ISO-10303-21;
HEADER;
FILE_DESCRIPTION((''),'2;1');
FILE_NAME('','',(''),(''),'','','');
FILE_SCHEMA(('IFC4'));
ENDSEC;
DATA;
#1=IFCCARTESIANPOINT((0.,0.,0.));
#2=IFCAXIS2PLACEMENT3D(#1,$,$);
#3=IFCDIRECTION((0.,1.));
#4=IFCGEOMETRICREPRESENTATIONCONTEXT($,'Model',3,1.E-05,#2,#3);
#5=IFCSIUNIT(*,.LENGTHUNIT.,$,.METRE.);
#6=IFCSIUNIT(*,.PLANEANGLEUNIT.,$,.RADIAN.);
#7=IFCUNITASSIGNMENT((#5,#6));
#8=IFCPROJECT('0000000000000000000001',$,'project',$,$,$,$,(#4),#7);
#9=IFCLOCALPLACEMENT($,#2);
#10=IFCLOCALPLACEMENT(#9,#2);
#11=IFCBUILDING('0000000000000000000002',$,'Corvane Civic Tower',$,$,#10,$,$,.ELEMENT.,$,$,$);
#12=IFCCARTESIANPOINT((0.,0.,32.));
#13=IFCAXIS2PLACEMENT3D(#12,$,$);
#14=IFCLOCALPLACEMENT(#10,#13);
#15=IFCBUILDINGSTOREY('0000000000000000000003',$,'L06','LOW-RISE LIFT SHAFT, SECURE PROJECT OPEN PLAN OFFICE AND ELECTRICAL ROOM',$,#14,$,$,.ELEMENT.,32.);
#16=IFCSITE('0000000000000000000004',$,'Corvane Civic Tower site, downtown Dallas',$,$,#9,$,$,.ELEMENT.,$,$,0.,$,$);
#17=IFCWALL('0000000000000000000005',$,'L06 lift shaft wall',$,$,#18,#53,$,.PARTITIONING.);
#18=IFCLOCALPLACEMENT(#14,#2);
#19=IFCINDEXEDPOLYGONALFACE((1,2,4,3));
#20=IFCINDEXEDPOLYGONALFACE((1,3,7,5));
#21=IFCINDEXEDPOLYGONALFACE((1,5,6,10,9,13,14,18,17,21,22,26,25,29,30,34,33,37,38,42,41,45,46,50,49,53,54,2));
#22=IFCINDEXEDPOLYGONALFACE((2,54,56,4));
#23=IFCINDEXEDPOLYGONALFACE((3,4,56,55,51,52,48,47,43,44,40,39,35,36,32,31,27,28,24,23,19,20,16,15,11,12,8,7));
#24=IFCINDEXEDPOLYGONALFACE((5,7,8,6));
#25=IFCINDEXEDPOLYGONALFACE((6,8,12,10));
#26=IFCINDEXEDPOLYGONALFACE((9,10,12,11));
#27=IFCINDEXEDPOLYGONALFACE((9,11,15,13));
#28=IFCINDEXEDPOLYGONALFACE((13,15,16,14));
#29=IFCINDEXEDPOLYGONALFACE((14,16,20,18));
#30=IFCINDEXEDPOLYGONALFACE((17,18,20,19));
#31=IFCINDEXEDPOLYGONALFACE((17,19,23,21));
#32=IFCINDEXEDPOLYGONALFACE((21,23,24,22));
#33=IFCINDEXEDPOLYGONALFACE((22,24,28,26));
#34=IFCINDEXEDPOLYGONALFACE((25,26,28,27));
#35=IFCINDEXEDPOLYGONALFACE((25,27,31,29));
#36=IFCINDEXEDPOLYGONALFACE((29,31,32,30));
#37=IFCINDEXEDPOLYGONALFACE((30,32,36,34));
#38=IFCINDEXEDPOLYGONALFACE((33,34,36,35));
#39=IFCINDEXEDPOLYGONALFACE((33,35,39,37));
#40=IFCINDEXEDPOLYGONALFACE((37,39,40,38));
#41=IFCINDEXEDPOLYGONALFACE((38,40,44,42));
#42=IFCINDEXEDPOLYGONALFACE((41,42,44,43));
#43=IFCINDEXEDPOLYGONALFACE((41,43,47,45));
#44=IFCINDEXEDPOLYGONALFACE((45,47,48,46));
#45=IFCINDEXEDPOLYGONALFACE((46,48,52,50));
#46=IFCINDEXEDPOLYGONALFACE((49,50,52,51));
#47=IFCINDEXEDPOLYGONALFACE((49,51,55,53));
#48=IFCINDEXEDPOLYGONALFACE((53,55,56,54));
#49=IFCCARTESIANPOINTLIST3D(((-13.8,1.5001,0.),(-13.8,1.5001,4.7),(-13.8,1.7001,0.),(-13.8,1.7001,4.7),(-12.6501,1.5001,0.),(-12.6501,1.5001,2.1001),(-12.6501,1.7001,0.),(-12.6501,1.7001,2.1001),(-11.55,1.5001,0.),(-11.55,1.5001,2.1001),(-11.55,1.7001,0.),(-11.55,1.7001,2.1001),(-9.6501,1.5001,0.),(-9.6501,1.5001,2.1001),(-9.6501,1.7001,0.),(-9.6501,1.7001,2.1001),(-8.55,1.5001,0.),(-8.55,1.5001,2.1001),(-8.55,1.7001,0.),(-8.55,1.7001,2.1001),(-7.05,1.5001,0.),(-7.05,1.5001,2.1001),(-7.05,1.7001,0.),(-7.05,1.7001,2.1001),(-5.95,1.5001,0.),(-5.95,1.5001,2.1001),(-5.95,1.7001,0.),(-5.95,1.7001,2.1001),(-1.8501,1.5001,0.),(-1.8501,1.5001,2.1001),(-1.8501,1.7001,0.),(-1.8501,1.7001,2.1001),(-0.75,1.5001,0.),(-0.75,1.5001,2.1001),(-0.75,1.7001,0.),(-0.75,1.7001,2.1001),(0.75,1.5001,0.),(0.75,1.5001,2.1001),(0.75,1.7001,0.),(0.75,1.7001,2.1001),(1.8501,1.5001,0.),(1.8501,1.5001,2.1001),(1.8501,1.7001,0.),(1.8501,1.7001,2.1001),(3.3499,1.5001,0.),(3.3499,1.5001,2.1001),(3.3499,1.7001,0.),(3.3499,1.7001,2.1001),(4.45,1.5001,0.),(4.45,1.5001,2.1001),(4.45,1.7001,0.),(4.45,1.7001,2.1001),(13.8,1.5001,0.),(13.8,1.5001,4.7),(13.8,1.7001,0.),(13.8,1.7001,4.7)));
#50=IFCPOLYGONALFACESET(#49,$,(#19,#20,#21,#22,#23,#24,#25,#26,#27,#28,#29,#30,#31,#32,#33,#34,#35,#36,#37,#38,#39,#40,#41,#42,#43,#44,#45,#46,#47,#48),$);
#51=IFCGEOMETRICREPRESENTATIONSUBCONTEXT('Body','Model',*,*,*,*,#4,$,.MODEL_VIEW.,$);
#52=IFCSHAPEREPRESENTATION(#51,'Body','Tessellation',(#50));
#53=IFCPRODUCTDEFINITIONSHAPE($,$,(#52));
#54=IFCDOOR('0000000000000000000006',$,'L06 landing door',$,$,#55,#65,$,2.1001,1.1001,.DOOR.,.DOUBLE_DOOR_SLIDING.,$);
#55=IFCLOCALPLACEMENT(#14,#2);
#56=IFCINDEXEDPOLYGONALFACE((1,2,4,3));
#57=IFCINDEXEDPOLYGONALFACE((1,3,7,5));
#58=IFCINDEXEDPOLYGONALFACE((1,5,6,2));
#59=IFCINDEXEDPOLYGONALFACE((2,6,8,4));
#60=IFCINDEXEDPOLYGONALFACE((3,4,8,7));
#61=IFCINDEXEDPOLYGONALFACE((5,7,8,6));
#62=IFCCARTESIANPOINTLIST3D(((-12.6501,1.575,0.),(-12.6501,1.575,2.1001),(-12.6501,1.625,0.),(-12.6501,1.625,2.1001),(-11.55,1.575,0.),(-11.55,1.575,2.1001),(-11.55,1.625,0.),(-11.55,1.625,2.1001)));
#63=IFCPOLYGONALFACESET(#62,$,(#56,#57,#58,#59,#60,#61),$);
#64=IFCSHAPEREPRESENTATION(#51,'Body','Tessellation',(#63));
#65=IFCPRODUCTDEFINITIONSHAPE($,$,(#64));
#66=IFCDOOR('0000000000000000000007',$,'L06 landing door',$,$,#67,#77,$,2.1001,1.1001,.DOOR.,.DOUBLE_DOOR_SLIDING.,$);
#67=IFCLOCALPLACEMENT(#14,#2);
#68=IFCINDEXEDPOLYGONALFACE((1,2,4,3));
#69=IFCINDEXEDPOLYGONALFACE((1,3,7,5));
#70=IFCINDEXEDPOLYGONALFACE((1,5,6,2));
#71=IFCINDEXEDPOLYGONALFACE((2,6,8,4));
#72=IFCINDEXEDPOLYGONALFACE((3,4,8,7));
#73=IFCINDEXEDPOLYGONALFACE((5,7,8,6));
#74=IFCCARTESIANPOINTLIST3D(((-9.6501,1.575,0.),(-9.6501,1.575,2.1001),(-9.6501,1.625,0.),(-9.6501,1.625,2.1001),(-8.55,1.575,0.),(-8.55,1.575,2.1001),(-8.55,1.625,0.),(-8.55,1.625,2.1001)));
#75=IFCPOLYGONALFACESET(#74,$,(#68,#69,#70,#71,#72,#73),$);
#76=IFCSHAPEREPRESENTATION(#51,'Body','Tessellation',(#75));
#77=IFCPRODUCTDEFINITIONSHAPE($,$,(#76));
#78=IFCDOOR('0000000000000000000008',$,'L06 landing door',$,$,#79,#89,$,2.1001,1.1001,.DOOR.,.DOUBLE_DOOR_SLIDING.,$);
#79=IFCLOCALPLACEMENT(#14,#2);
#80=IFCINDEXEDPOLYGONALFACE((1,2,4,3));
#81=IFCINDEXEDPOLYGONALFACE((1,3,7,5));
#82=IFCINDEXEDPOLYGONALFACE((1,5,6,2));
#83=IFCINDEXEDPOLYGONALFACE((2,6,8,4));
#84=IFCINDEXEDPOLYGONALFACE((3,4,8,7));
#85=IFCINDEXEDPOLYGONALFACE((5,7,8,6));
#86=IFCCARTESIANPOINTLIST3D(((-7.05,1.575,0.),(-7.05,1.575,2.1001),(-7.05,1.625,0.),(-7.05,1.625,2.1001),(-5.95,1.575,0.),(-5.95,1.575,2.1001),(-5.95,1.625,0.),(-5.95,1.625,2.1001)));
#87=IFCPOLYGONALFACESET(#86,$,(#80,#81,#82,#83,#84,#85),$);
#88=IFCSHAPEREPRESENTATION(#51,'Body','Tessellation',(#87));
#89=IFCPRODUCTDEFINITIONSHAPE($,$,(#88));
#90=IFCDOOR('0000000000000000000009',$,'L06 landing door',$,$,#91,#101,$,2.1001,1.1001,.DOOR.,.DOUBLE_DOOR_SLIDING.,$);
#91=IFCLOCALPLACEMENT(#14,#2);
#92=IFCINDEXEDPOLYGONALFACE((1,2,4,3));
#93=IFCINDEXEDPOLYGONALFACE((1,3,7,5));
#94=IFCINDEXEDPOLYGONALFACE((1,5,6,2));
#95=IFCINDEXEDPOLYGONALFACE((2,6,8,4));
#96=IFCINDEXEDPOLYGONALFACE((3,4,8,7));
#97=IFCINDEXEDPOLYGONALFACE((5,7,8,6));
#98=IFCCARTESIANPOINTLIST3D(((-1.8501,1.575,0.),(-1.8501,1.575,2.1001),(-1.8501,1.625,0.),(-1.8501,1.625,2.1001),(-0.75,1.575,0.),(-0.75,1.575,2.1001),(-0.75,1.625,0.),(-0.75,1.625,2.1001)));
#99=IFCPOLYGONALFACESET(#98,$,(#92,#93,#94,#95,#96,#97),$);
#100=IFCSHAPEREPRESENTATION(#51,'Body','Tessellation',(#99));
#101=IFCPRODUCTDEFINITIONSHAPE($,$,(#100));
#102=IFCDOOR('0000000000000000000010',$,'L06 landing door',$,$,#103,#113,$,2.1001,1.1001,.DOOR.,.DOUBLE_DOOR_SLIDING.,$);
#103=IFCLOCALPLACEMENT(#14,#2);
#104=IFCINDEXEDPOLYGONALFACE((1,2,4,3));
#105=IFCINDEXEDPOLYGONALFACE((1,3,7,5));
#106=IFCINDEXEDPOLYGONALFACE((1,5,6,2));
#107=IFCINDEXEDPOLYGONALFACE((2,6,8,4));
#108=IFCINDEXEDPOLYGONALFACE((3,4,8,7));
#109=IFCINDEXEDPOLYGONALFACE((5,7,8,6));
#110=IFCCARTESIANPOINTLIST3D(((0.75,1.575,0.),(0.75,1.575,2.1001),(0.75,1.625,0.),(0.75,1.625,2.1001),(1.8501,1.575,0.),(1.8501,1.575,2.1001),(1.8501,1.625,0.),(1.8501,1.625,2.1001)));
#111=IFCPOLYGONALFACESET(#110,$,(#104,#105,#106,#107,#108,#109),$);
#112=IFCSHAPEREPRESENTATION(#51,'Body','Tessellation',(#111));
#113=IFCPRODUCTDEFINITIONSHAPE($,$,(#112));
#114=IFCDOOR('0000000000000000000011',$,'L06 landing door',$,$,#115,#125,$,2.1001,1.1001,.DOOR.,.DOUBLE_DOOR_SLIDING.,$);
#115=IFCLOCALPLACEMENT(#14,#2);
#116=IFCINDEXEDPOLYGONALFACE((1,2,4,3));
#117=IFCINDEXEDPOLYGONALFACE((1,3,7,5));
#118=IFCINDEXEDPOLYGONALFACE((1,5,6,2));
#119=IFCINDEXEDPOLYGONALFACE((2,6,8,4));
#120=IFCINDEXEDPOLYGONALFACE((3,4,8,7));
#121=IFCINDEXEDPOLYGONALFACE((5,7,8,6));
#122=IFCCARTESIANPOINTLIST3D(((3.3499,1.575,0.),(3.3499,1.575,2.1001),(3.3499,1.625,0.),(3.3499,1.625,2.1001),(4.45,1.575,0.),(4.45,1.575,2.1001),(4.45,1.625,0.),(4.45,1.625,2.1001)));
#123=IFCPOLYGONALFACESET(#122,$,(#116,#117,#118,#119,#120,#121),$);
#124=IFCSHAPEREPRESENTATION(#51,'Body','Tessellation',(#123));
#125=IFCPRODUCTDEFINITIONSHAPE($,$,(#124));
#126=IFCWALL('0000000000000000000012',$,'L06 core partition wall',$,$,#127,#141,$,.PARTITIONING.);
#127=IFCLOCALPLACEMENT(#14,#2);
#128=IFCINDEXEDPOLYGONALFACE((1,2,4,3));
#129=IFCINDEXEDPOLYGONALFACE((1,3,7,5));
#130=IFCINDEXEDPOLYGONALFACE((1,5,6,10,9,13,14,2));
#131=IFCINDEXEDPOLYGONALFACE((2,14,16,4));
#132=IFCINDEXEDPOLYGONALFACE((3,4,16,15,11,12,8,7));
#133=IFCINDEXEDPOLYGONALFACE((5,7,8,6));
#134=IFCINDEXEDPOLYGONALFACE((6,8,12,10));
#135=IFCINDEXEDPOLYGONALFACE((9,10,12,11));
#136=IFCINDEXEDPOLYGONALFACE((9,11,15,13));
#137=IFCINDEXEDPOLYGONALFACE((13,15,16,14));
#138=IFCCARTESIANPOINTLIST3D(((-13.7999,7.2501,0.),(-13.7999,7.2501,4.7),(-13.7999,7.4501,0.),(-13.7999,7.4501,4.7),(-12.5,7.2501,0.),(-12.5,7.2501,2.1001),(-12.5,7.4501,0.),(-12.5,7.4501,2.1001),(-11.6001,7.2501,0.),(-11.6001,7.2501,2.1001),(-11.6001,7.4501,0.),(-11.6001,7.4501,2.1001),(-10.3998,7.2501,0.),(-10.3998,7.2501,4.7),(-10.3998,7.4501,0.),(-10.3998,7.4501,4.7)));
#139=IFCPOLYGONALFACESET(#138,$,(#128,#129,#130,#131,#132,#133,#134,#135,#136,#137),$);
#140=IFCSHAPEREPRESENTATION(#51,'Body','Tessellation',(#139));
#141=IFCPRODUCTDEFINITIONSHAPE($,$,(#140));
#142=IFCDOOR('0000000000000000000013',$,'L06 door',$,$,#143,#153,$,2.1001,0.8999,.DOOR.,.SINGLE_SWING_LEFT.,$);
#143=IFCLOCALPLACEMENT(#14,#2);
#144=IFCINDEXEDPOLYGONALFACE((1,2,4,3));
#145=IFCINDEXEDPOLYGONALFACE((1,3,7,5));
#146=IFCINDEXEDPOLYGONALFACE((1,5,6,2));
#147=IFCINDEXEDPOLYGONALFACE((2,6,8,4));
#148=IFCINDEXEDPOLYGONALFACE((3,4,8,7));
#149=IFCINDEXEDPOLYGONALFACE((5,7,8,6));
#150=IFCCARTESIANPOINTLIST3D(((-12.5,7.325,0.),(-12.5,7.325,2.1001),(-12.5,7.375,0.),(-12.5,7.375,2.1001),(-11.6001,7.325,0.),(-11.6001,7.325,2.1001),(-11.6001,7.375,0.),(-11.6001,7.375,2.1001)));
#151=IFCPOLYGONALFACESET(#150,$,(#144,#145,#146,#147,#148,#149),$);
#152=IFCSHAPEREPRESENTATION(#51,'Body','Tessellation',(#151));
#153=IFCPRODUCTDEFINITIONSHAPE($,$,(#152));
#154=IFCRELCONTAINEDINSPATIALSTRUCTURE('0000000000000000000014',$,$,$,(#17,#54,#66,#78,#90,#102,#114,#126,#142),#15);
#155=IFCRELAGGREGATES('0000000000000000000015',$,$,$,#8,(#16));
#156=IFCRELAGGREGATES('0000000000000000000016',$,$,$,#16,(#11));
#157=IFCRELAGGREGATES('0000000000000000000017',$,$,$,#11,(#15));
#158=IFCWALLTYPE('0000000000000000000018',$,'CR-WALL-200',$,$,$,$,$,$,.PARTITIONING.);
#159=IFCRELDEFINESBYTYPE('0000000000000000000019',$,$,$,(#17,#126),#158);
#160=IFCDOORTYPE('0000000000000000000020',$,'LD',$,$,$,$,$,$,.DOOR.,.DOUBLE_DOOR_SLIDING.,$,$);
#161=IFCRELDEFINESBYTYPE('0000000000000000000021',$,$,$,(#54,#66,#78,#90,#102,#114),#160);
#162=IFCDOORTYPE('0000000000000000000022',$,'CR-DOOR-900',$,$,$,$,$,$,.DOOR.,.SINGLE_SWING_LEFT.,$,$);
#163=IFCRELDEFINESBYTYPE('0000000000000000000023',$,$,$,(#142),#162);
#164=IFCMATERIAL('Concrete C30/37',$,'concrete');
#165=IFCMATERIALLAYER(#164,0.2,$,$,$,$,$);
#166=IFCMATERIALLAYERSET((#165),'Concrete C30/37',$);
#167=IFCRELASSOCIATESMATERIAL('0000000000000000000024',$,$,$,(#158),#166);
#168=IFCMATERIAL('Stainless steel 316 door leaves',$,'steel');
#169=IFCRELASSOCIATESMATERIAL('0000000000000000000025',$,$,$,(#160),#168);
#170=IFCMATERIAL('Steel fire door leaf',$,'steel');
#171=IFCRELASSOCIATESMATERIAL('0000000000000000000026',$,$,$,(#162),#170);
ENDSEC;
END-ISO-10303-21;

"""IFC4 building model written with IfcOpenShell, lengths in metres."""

from ifc_helpers import new_model, si_unit, direction, frame, frame_2d, origin, place, context, subcontext, project, spatial, rectangle, extrude, material, layer, layer_set, type_object, element, fill, save


model = new_model("IFC4")

# Units and contexts
model_context = context("Model", 3, precision=1e-05, world=origin(), true_north=direction((0.0, 1.0)))
body_context = subcontext(model_context, "Body", "Model", "MODEL_VIEW")
ifc_project = project(units=[si_unit("LENGTHUNIT", "METRE"), si_unit("PLANEANGLEUNIT", "RADIAN")], contexts=[model_context])

# Site, building, storey
site_placement = place(None, origin())
site = spatial("IfcSite", under=ifc_project, at=site_placement, Name="Corvane Civic Tower site, downtown Dallas", CompositionType="ELEMENT", RefElevation=0.0)
building_placement = place(site_placement, origin())
building = spatial("IfcBuilding", under=site, at=building_placement, Name="Corvane Civic Tower", CompositionType="ELEMENT")
storey_placement = place(building_placement, frame((0.0, 0.0, 32.0)))
storey = spatial("IfcBuildingStorey", under=building, at=storey_placement, Name="L06", Description="LOW-RISE LIFT SHAFT, SECURE PROJECT OPEN PLAN OFFICE AND ELECTRICAL ROOM", CompositionType="ELEMENT", Elevation=32.0)

# Wall, openings, doors
ifc_material_1 = material(Name="Concrete C30/37", Category="concrete")
ifc_layer_1 = layer(ifc_material_1, 0.2)
ifc_layer_set_1 = layer_set([ifc_layer_1], Name="Concrete C30/37")
wall_type_1 = type_object("IfcWallType", Name="CR-WALL-200", PredefinedType="PARTITIONING", material=ifc_layer_set_1)
wall_1_placement = place(storey_placement, frame((-13.8, 1.6001, 0.0), z_axis=(0.0, 0.0, 1.0), x_axis=(1.0, 0.0, 0.0)))
wall_1 = element("IfcWall", 1, at=wall_1_placement, inside=storey, type_object=wall_type_1, Name="L06 lift shaft wall", PredefinedType="PARTITIONING", context=body_context, shape_type="SweptSolid", body=[
    extrude(rectangle(XDim=27.6001, YDim=0.2, at=frame_2d((13.8, 0.0))), origin(), (0.0, 0.0, 1.0), 4.7),
])
opening_1_placement = place(wall_1_placement, frame((1.1499, 0.0, 0.0)))
opening_1 = element("IfcOpeningElement", 2, at=opening_1_placement, cuts=wall_1, PredefinedType="OPENING", context=body_context, shape_type="SweptSolid", body=[
    extrude(rectangle(XDim=1.1001, YDim=2.1001, at=frame_2d((0.55, 1.05))), frame((0.0, 0.1099, 0.0), z_axis=(0.0, -1.0, 0.0), x_axis=(1.0, 0.0, 0.0)), (0.0, 0.0, 1.0), 0.22),
])
opening_2_placement = place(wall_1_placement, frame((4.1499, 0.0, 0.0)))
opening_2 = element("IfcOpeningElement", 3, at=opening_2_placement, cuts=wall_1, PredefinedType="OPENING", context=body_context, shape_type="SweptSolid", body=[
    extrude(rectangle(XDim=1.1001, YDim=2.1001, at=frame_2d((0.55, 1.05))), frame((0.0, 0.1099, 0.0), z_axis=(0.0, -1.0, 0.0), x_axis=(1.0, 0.0, 0.0)), (0.0, 0.0, 1.0), 0.22),
])
opening_3_placement = place(wall_1_placement, frame((6.75, 0.0, 0.0)))
opening_3 = element("IfcOpeningElement", 4, at=opening_3_placement, cuts=wall_1, PredefinedType="OPENING", context=body_context, shape_type="SweptSolid", body=[
    extrude(rectangle(XDim=1.1001, YDim=2.1001, at=frame_2d((0.55, 1.05))), frame((0.0, 0.1099, 0.0), z_axis=(0.0, -1.0, 0.0), x_axis=(1.0, 0.0, 0.0)), (0.0, 0.0, 1.0), 0.22),
])
opening_4_placement = place(wall_1_placement, frame((11.95, 0.0, 0.0)))
opening_4 = element("IfcOpeningElement", 5, at=opening_4_placement, cuts=wall_1, PredefinedType="OPENING", context=body_context, shape_type="SweptSolid", body=[
    extrude(rectangle(XDim=1.1001, YDim=2.1001, at=frame_2d((0.55, 1.05))), frame((0.0, 0.1099, 0.0), z_axis=(0.0, -1.0, 0.0), x_axis=(1.0, 0.0, 0.0)), (0.0, 0.0, 1.0), 0.22),
])
opening_5_placement = place(wall_1_placement, frame((14.55, 0.0, 0.0)))
opening_5 = element("IfcOpeningElement", 6, at=opening_5_placement, cuts=wall_1, PredefinedType="OPENING", context=body_context, shape_type="SweptSolid", body=[
    extrude(rectangle(XDim=1.1001, YDim=2.1001, at=frame_2d((0.55, 1.05))), frame((0.0, 0.1099, 0.0), z_axis=(0.0, -1.0, 0.0), x_axis=(1.0, 0.0, 0.0)), (0.0, 0.0, 1.0), 0.22),
])
opening_6_placement = place(wall_1_placement, frame((17.1499, 0.0, 0.0)))
opening_6 = element("IfcOpeningElement", 7, at=opening_6_placement, cuts=wall_1, PredefinedType="OPENING", context=body_context, shape_type="SweptSolid", body=[
    extrude(rectangle(XDim=1.1001, YDim=2.1001, at=frame_2d((0.55, 1.05))), frame((0.0, 0.1099, 0.0), z_axis=(0.0, -1.0, 0.0), x_axis=(1.0, 0.0, 0.0)), (0.0, 0.0, 1.0), 0.22),
])
ifc_material_2 = material(Name="Stainless steel 316 door leaves", Category="steel")
door_type_1 = type_object("IfcDoorType", Name="LD", OperationType="DOUBLE_DOOR_SLIDING", PredefinedType="DOOR", material=ifc_material_2)
door_1_placement = place(opening_1_placement, origin())
door_1 = element("IfcDoor", 8, at=door_1_placement, inside=storey, type_object=door_type_1, Name="L06 landing door", OperationType="DOUBLE_DOOR_SLIDING", OverallHeight=2.1001, OverallWidth=1.1001, PredefinedType="DOOR", context=body_context, shape_type="SweptSolid", body=[
    extrude(rectangle(XDim=1.1001, YDim=2.1001, at=frame_2d((0.55, 1.05))), frame((0.0, 0.0249, 0.0), z_axis=(0.0, -1.0, 0.0), x_axis=(1.0, 0.0, 0.0)), (0.0, 0.0, 1.0), 0.05),
])
fill(opening_1, door_1)
door_2_placement = place(opening_2_placement, origin())
door_2 = element("IfcDoor", 9, at=door_2_placement, inside=storey, type_object=door_type_1, Name="L06 landing door", OperationType="DOUBLE_DOOR_SLIDING", OverallHeight=2.1001, OverallWidth=1.1001, PredefinedType="DOOR", context=body_context, shape_type="SweptSolid", body=[
    extrude(rectangle(XDim=1.1001, YDim=2.1001, at=frame_2d((0.55, 1.05))), frame((0.0, 0.0249, 0.0), z_axis=(0.0, -1.0, 0.0), x_axis=(1.0, 0.0, 0.0)), (0.0, 0.0, 1.0), 0.05),
])
fill(opening_2, door_2)
door_3_placement = place(opening_3_placement, origin())
door_3 = element("IfcDoor", 10, at=door_3_placement, inside=storey, type_object=door_type_1, Name="L06 landing door", OperationType="DOUBLE_DOOR_SLIDING", OverallHeight=2.1001, OverallWidth=1.1001, PredefinedType="DOOR", context=body_context, shape_type="SweptSolid", body=[
    extrude(rectangle(XDim=1.1001, YDim=2.1001, at=frame_2d((0.55, 1.05))), frame((0.0, 0.0249, 0.0), z_axis=(0.0, -1.0, 0.0), x_axis=(1.0, 0.0, 0.0)), (0.0, 0.0, 1.0), 0.05),
])
fill(opening_3, door_3)
door_4_placement = place(opening_4_placement, origin())
door_4 = element("IfcDoor", 11, at=door_4_placement, inside=storey, type_object=door_type_1, Name="L06 landing door", OperationType="DOUBLE_DOOR_SLIDING", OverallHeight=2.1001, OverallWidth=1.1001, PredefinedType="DOOR", context=body_context, shape_type="SweptSolid", body=[
    extrude(rectangle(XDim=1.1001, YDim=2.1001, at=frame_2d((0.55, 1.05))), frame((0.0, 0.0249, 0.0), z_axis=(0.0, -1.0, 0.0), x_axis=(1.0, 0.0, 0.0)), (0.0, 0.0, 1.0), 0.05),
])
fill(opening_4, door_4)
door_5_placement = place(opening_5_placement, origin())
door_5 = element("IfcDoor", 12, at=door_5_placement, inside=storey, type_object=door_type_1, Name="L06 landing door", OperationType="DOUBLE_DOOR_SLIDING", OverallHeight=2.1001, OverallWidth=1.1001, PredefinedType="DOOR", context=body_context, shape_type="SweptSolid", body=[
    extrude(rectangle(XDim=1.1001, YDim=2.1001, at=frame_2d((0.55, 1.05))), frame((0.0, 0.0249, 0.0), z_axis=(0.0, -1.0, 0.0), x_axis=(1.0, 0.0, 0.0)), (0.0, 0.0, 1.0), 0.05),
])
fill(opening_5, door_5)
door_6_placement = place(opening_6_placement, origin())
door_6 = element("IfcDoor", 13, at=door_6_placement, inside=storey, type_object=door_type_1, Name="L06 landing door", OperationType="DOUBLE_DOOR_SLIDING", OverallHeight=2.1001, OverallWidth=1.1001, PredefinedType="DOOR", context=body_context, shape_type="SweptSolid", body=[
    extrude(rectangle(XDim=1.1001, YDim=2.1001, at=frame_2d((0.55, 1.05))), frame((0.0, 0.0249, 0.0), z_axis=(0.0, -1.0, 0.0), x_axis=(1.0, 0.0, 0.0)), (0.0, 0.0, 1.0), 0.05),
])
fill(opening_6, door_6)

# Wall, opening, door
wall_2_placement = place(storey_placement, frame((-13.8, 7.3501, 0.0), z_axis=(0.0, 0.0, 1.0), x_axis=(1.0, 0.0, 0.0)))
wall_2 = element("IfcWall", 14, at=wall_2_placement, inside=storey, type_object=wall_type_1, Name="L06 core partition wall", PredefinedType="PARTITIONING", context=body_context, shape_type="SweptSolid", body=[
    extrude(rectangle(XDim=3.4001, YDim=0.2, at=frame_2d((1.7002, 0.0))), origin(), (0.0, 0.0, 1.0), 4.7),
])
opening_7_placement = place(wall_2_placement, frame((1.3, 0.0, 0.0)))
opening_7 = element("IfcOpeningElement", 15, at=opening_7_placement, cuts=wall_2, PredefinedType="OPENING", context=body_context, shape_type="SweptSolid", body=[
    extrude(rectangle(XDim=0.8999, YDim=2.1001, at=frame_2d((0.45, 1.05))), frame((0.0, 0.1099, 0.0), z_axis=(0.0, -1.0, 0.0), x_axis=(1.0, 0.0, 0.0)), (0.0, 0.0, 1.0), 0.22),
])
ifc_material_3 = material(Name="Steel fire door leaf", Category="steel")
door_type_2 = type_object("IfcDoorType", Name="CR-DOOR-900", OperationType="SINGLE_SWING_LEFT", PredefinedType="DOOR", material=ifc_material_3)
door_7_placement = place(opening_7_placement, origin())
door_7 = element("IfcDoor", 16, at=door_7_placement, inside=storey, type_object=door_type_2, Name="L06 door", OperationType="SINGLE_SWING_LEFT", OverallHeight=2.1001, OverallWidth=0.8999, PredefinedType="DOOR", context=body_context, shape_type="SweptSolid", body=[
    extrude(rectangle(XDim=0.8999, YDim=2.1001, at=frame_2d((0.45, 1.05))), frame((0.0, 0.0249, 0.0), z_axis=(0.0, -1.0, 0.0), x_axis=(1.0, 0.0, 0.0)), (0.0, 0.0, 1.0), 0.05),
])
fill(opening_7, door_7)

save(model, "model.ifc")
